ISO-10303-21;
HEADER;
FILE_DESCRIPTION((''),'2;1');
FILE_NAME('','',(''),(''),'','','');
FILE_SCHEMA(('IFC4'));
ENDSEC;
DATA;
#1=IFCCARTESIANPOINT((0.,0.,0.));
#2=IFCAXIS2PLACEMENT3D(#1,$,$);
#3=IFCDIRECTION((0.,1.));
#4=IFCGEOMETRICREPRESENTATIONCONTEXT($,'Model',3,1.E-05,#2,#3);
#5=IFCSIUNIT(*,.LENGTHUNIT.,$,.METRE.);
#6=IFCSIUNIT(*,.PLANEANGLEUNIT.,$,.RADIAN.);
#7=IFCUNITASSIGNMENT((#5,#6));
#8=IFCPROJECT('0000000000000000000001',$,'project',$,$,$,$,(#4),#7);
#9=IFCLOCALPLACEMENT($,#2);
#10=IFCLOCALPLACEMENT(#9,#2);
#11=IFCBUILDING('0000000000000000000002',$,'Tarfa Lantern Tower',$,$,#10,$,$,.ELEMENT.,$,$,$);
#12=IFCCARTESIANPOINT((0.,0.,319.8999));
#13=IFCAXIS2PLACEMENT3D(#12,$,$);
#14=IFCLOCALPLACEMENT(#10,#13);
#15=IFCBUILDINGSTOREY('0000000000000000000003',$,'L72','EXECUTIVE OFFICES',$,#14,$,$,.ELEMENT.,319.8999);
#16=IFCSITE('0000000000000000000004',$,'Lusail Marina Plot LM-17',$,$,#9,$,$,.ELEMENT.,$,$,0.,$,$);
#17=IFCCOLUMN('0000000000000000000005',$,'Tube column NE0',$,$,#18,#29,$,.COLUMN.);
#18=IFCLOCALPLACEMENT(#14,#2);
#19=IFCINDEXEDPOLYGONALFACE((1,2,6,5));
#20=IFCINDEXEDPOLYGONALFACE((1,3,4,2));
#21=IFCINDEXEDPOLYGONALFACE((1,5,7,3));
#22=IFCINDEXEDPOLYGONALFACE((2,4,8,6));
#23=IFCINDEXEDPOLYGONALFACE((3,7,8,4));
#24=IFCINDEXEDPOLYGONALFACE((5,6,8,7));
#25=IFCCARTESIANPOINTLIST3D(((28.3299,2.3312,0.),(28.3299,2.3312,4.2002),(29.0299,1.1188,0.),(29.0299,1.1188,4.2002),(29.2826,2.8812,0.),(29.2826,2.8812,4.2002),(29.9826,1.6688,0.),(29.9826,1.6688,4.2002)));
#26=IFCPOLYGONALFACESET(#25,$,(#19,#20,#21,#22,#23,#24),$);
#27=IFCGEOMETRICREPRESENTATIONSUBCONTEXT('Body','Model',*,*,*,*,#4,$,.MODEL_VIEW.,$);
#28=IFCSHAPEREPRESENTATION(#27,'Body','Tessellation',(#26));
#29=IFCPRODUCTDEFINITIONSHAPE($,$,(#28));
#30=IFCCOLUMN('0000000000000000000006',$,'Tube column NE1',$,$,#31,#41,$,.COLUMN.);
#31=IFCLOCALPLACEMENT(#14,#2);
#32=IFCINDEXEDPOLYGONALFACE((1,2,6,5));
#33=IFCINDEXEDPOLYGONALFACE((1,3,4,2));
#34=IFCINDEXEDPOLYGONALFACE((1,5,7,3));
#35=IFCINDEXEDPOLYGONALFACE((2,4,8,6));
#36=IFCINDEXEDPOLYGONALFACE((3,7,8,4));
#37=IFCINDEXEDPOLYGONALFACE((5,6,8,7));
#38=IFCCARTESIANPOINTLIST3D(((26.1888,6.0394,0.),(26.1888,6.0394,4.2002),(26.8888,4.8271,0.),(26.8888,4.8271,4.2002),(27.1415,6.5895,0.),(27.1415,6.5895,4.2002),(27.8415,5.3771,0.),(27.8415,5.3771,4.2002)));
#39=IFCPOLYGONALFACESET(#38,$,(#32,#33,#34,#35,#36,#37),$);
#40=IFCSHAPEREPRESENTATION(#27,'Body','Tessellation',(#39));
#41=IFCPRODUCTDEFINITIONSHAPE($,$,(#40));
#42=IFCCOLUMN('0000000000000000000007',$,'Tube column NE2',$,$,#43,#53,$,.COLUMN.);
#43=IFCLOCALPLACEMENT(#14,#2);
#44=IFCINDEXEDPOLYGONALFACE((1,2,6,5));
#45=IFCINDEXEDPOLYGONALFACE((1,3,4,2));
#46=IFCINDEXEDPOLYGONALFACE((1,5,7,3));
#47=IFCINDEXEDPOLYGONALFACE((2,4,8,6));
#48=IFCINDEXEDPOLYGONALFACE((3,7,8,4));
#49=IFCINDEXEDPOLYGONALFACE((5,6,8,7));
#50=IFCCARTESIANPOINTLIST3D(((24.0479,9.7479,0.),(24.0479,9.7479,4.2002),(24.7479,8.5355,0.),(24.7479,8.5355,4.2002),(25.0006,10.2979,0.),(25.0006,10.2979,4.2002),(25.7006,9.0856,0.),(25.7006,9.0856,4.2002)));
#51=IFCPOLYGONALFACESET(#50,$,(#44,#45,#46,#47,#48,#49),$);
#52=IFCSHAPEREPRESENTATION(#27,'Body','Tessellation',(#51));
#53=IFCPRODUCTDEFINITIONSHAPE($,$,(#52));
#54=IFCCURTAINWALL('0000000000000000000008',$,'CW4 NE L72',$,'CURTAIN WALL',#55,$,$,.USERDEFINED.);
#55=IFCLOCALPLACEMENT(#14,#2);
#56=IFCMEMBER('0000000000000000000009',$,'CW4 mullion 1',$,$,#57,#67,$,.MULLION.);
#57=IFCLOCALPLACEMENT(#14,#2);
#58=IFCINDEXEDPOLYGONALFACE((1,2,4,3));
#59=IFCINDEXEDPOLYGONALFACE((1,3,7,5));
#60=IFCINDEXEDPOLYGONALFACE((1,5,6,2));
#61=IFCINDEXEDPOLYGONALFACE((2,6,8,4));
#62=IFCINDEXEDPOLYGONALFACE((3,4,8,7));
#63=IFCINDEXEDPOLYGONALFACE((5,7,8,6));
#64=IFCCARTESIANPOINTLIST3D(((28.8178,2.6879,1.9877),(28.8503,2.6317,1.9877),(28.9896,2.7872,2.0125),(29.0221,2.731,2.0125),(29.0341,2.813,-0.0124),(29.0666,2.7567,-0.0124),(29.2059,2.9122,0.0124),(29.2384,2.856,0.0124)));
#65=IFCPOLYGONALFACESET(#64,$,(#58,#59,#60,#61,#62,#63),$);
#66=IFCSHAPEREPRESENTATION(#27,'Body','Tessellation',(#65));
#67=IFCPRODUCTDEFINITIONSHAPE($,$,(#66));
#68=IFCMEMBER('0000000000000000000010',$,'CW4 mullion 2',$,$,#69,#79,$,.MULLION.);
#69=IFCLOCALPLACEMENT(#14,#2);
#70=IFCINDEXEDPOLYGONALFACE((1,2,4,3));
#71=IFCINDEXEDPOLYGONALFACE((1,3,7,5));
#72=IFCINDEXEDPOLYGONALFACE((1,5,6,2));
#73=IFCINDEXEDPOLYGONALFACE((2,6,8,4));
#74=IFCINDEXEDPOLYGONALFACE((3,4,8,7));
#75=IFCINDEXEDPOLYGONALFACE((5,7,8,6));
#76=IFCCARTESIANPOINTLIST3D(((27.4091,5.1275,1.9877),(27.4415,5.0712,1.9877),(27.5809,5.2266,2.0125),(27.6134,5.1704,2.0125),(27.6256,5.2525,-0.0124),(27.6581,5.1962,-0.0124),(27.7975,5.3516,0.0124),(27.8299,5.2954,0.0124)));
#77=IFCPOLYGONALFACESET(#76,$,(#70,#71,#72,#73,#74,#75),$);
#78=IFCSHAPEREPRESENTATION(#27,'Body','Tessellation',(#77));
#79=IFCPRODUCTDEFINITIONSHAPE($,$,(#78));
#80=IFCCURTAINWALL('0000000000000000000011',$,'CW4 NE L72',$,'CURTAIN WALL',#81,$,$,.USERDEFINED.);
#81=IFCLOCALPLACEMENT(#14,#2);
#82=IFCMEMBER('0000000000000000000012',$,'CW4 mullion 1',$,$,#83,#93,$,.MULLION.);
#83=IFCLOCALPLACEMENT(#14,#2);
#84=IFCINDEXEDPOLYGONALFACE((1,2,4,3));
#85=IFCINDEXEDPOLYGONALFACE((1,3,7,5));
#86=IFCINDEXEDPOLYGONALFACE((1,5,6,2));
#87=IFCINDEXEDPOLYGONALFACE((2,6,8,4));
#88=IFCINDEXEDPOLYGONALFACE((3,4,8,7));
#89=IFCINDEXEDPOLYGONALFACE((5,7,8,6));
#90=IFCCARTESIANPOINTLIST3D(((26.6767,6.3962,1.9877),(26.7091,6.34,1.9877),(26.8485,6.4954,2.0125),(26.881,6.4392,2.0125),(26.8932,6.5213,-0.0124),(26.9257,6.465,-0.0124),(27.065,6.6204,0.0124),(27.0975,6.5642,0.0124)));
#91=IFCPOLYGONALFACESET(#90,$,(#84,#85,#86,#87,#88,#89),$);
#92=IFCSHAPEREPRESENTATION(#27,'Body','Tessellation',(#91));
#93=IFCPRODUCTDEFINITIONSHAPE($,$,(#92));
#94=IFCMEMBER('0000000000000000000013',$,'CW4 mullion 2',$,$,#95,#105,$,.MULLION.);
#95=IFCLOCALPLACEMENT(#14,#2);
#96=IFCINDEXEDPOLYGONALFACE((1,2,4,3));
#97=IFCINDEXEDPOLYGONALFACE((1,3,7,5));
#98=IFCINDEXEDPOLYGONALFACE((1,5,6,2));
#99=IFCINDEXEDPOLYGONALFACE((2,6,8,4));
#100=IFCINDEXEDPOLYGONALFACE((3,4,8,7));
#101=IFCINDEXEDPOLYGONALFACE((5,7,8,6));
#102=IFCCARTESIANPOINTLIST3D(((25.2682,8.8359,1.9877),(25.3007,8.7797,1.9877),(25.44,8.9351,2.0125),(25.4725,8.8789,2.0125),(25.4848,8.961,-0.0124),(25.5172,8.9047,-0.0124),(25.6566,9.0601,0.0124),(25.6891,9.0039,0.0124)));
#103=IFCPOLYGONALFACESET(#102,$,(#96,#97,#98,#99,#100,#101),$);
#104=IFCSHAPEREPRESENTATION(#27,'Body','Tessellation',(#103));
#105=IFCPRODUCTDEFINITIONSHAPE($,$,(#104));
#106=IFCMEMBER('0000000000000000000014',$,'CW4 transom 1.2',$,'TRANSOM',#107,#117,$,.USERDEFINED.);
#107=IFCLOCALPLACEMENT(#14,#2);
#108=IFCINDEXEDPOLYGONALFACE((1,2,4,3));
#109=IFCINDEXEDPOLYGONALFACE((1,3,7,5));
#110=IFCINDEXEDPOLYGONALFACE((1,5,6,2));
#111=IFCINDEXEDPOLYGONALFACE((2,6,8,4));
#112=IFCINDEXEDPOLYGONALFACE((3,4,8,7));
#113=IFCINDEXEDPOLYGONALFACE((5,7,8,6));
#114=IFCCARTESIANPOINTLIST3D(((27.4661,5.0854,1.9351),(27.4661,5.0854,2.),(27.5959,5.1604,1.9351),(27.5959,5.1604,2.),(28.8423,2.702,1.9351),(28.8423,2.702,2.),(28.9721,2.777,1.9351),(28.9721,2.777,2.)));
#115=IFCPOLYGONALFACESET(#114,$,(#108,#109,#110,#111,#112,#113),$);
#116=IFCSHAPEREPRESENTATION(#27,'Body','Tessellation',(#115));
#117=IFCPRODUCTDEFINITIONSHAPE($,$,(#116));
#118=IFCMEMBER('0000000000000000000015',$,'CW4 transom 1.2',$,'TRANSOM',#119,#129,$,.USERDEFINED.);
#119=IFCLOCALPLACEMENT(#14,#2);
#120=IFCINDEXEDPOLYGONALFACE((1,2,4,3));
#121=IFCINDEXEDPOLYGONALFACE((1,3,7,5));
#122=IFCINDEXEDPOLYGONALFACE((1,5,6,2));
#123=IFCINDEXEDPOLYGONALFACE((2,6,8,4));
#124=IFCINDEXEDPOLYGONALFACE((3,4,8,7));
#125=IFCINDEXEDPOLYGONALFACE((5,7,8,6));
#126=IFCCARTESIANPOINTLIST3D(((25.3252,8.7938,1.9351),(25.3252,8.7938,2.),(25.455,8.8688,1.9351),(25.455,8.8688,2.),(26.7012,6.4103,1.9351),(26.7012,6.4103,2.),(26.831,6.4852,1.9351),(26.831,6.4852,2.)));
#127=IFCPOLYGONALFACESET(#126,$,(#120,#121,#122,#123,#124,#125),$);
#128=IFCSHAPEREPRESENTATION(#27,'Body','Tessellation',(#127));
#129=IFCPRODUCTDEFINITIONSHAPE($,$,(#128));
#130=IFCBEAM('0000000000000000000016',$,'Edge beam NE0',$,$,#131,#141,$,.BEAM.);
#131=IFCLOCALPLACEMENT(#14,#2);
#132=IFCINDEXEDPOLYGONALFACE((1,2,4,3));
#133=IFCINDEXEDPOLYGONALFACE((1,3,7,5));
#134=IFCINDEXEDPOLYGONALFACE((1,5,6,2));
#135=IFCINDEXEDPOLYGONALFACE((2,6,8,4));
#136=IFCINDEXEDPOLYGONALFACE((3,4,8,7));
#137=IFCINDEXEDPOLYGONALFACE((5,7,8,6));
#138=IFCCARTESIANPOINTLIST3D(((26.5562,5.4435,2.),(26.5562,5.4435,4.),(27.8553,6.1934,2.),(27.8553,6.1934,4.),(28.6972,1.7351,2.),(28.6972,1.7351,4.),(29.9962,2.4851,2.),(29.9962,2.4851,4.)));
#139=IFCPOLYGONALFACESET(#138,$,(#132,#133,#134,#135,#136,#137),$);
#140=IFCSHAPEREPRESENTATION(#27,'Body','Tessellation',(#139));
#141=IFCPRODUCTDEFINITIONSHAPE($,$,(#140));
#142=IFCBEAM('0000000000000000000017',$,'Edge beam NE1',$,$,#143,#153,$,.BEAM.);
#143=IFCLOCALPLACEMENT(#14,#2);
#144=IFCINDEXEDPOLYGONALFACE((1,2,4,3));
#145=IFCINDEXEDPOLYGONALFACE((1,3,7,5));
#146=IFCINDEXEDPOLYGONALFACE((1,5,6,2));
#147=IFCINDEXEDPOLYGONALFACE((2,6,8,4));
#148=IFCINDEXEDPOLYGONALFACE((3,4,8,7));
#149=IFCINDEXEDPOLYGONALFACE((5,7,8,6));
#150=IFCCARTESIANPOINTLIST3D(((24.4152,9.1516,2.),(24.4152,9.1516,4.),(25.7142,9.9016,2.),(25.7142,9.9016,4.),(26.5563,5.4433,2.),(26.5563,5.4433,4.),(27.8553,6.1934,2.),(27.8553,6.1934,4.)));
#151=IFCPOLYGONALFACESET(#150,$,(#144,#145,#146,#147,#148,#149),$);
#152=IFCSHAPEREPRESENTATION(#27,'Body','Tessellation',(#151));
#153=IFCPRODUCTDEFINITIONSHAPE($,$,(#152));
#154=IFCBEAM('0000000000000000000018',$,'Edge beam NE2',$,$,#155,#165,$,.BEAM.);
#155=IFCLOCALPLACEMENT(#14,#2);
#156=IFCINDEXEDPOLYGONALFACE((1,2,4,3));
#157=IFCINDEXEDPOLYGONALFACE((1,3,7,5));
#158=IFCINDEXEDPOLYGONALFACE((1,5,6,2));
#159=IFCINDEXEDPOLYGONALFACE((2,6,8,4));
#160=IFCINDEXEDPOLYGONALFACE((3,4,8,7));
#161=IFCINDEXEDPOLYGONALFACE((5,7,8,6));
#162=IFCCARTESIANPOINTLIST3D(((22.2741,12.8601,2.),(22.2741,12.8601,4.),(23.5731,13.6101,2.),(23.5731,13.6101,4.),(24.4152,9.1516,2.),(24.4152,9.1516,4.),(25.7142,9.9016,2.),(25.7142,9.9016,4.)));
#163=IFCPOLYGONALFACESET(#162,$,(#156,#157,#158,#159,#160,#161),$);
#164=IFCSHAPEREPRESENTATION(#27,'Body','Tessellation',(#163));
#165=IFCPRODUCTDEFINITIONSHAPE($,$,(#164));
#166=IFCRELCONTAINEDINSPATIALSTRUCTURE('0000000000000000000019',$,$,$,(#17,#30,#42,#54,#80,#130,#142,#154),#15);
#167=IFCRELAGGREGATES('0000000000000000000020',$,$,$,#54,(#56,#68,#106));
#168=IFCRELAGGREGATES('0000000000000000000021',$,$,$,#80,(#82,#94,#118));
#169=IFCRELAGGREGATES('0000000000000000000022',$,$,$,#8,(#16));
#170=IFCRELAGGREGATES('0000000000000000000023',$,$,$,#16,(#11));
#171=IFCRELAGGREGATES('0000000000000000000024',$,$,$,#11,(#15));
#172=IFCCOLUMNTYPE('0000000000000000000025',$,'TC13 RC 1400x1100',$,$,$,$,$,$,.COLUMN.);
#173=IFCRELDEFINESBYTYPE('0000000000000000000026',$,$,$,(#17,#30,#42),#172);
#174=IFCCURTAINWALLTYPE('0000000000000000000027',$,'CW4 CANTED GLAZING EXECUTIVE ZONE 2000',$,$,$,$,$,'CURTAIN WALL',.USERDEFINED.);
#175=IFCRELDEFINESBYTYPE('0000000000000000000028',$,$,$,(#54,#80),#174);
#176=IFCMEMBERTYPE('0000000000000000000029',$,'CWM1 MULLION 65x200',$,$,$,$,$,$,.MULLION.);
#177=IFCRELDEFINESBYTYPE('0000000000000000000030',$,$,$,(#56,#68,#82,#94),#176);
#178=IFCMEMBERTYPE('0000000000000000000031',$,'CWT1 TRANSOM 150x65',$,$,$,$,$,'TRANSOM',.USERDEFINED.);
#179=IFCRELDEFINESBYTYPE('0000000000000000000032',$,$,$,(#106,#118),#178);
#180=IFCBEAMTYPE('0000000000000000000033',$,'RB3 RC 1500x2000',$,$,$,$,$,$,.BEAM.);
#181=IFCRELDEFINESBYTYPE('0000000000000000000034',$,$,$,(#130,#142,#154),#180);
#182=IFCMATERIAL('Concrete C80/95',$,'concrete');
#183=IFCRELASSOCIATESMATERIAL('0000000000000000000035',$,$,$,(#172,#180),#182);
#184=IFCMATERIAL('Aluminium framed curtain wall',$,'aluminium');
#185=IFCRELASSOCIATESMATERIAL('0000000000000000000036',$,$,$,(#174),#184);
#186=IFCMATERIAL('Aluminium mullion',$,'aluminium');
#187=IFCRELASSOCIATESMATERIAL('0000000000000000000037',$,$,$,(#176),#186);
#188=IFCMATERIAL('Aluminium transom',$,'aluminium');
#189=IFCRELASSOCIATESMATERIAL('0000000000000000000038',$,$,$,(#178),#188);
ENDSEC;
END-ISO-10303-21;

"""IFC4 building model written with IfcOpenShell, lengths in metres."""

from ifc_helpers import new_model, si_unit, direction, frame, origin, origin_2d, place, context, subcontext, project, spatial, rectangle, extrude, material, material_profile, profile_set, type_object, element, aggregate, save


model = new_model("IFC4")

# Units and contexts
model_context = context("Model", 3, precision=1e-05, world=origin(), true_north=direction((0.0, 1.0)))
body_context = subcontext(model_context, "Body", "Model", "MODEL_VIEW")
ifc_project = project(units=[si_unit("LENGTHUNIT", "METRE"), si_unit("PLANEANGLEUNIT", "RADIAN")], contexts=[model_context])

# Site, building, storey
site_placement = place(None, origin())
site = spatial("IfcSite", under=ifc_project, at=site_placement, Name="Lusail Marina Plot LM-17", CompositionType="ELEMENT", RefElevation=0.0)
building_placement = place(site_placement, origin())
building = spatial("IfcBuilding", under=site, at=building_placement, Name="Tarfa Lantern Tower", CompositionType="ELEMENT")
storey_placement = place(building_placement, frame((0.0, 0.0, 319.8999)))
storey = spatial("IfcBuildingStorey", under=building, at=storey_placement, Name="L72", Description="EXECUTIVE OFFICES", CompositionType="ELEMENT", Elevation=319.8999)

# Columns
ifc_material_1 = material(Name="Concrete C80/95", Category="concrete")
ifc_material_profile_1 = material_profile(ifc_material_1, rectangle(XDim=1.3999, YDim=1.1001, at=origin_2d()), Name="RC 1400x1100")
ifc_profile_set_1 = profile_set([ifc_material_profile_1], Name="Concrete C80/95")
column_type = type_object("IfcColumnType", Name="TC13 RC 1400x1100", PredefinedType="COLUMN", material=ifc_profile_set_1)
for number, where, z_axis, x_axis, name in (
    (1, (29.1562, 2.0, 0.0), (0.0, 0.0, 1.0), (-0.5, 0.866025, 0.0), "Tube column NE0"),
    (2, (27.0151, 5.7083, 0.0), (0.0, 0.0, 1.0), (-0.5, 0.866025, 0.0), "Tube column NE1"),
    (3, (24.8743, 9.4167, 0.0), (0.0, 0.0, 1.0), (-0.5, 0.866025, 0.0), "Tube column NE2"),
):
    element("IfcColumn", number, at=place(storey_placement, frame(where, z_axis=z_axis, x_axis=x_axis)), inside=storey, type_object=column_type, Name=name, PredefinedType="COLUMN", context=body_context, shape_type="SweptSolid", body=[
        extrude(rectangle(XDim=1.3999, YDim=1.1001, at=origin_2d()), origin(), (0.0, 0.0, 1.0), 4.2002),
    ])

# Curtain walls, members
ifc_material_2 = material(Name="Aluminium framed curtain wall", Category="aluminium")
curtain_wall_type = type_object("IfcCurtainWallType", Name="CW4 CANTED GLAZING EXECUTIVE ZONE 2000", ElementType="CURTAIN WALL", PredefinedType="USERDEFINED", material=ifc_material_2)
curtain_wall_1_placement = place(storey_placement, origin())
curtain_wall_1 = element("IfcCurtainWall", 4, at=curtain_wall_1_placement, inside=storey, type_object=curtain_wall_type, Name="CW4 NE L72", ObjectType="CURTAIN WALL", PredefinedType="USERDEFINED")
ifc_material_3 = material(Name="Aluminium mullion", Category="aluminium")
ifc_material_profile_2 = material_profile(ifc_material_3, rectangle(XDim=0.0649, YDim=0.2, at=origin_2d()), Name="AL MULLION 65x200")
ifc_profile_set_2 = profile_set([ifc_material_profile_2], Name="Aluminium mullion")
member_type_1 = type_object("IfcMemberType", Name="CWM1 MULLION 65x200", PredefinedType="MULLION", material=ifc_profile_set_2)
member_1_placement = place(storey_placement, frame((29.1362, 2.8345, 0.0), z_axis=(-0.10732, -0.062018, 0.992288), x_axis=(0.500343, -0.865827, 0.0)))
member_1 = element("IfcMember", 5, at=member_1_placement, type_object=member_type_1, Name="CW4 mullion 1", PredefinedType="MULLION", context=body_context, shape_type="SweptSolid", body=[
    extrude(rectangle(XDim=0.0649, YDim=0.2, at=origin_2d()), origin(), (0.0, 0.0, 1.0), 2.0156),
])
member_2_placement = place(storey_placement, frame((27.7278, 5.2739, 0.0), z_axis=(-0.10744, -0.062017, 0.992275), x_axis=(0.49992, -0.866072, 0.0)))
member_2 = element("IfcMember", 6, at=member_2_placement, type_object=member_type_1, Name="CW4 mullion 2", PredefinedType="MULLION", context=body_context, shape_type="SweptSolid", body=[
    extrude(rectangle(XDim=0.0649, YDim=0.2, at=origin_2d()), origin(), (0.0, 0.0, 1.0), 2.0156),
])
curtain_wall_2_placement = place(storey_placement, origin())
curtain_wall_2 = element("IfcCurtainWall", 7, at=curtain_wall_2_placement, inside=storey, type_object=curtain_wall_type, Name="CW4 NE L72", ObjectType="CURTAIN WALL", PredefinedType="USERDEFINED")
member_3_placement = place(storey_placement, frame((26.9954, 6.5427, 0.0), z_axis=(-0.10744, -0.062017, 0.992275), x_axis=(0.49992, -0.866072, 0.0)))
member_3 = element("IfcMember", 8, at=member_3_placement, type_object=member_type_1, Name="CW4 mullion 1", PredefinedType="MULLION", context=body_context, shape_type="SweptSolid", body=[
    extrude(rectangle(XDim=0.0649, YDim=0.2, at=origin_2d()), origin(), (0.0, 0.0, 1.0), 2.0156),
])
member_4_placement = place(storey_placement, frame((25.5869, 8.9824, 0.0), z_axis=(-0.10744, -0.062017, 0.992275), x_axis=(0.49992, -0.866072, 0.0)))
member_4 = element("IfcMember", 9, at=member_4_placement, type_object=member_type_1, Name="CW4 mullion 2", PredefinedType="MULLION", context=body_context, shape_type="SweptSolid", body=[
    extrude(rectangle(XDim=0.0649, YDim=0.2, at=origin_2d()), origin(), (0.0, 0.0, 1.0), 2.0156),
])

# Members
ifc_material_4 = material(Name="Aluminium transom", Category="aluminium")
ifc_material_profile_3 = material_profile(ifc_material_4, rectangle(XDim=0.1499, YDim=0.0649, at=origin_2d()), Name="AL TRANSOM 150x65")
ifc_profile_set_3 = profile_set([ifc_material_profile_3], Name="Aluminium transom")
member_type_2 = type_object("IfcMemberType", Name="CWT1 TRANSOM 150x65", ElementType="TRANSOM", PredefinedType="USERDEFINED", material=ifc_profile_set_3)
member_5_placement = place(storey_placement, frame((28.9072, 2.7395, 1.9675), z_axis=(-0.50006, 0.865991, 0.0), x_axis=(-0.865991, -0.50006, 0.0)))
member_5 = element("IfcMember", 10, at=member_5_placement, type_object=member_type_2, Name="CW4 transom 1.2", ObjectType="TRANSOM", PredefinedType="USERDEFINED", context=body_context, shape_type="SweptSolid", body=[
    extrude(rectangle(XDim=0.1499, YDim=0.0649, at=origin_2d()), origin(), (0.0, 0.0, 1.0), 2.7522),
])
member_6_placement = place(storey_placement, frame((26.7661, 6.4478, 1.9675), z_axis=(-0.499955, 0.866051, 0.0), x_axis=(-0.866051, -0.499955, 0.0)))
member_6 = element("IfcMember", 11, at=member_6_placement, type_object=member_type_2, Name="CW4 transom 1.2", ObjectType="TRANSOM", PredefinedType="USERDEFINED", context=body_context, shape_type="SweptSolid", body=[
    extrude(rectangle(XDim=0.1499, YDim=0.0649, at=origin_2d()), origin(), (0.0, 0.0, 1.0), 2.7522),
])

# Beams
ifc_material_profile_4 = material_profile(ifc_material_1, rectangle(XDim=1.5, YDim=2.0, at=origin_2d()), Name="RC 1500x2000")
ifc_profile_set_4 = profile_set([ifc_material_profile_4], Name="Concrete C80/95")
beam_type_1 = type_object("IfcBeamType", Name="RB3 RC 1500x2000", PredefinedType="BEAM", material=ifc_profile_set_4)
for number, where, z_axis, x_axis, name in (
    (12, (29.3467, 2.1101, 3.0), (-0.499984, 0.866035, 0.0), (-0.866035, -0.499984, 0.0), "Edge beam NE0"),
    (13, (27.2058, 5.8184, 3.0), (-0.500027, 0.86601, 0.0), (-0.86601, -0.500027, 0.0), "Edge beam NE1"),
):
    element("IfcBeam", number, at=place(storey_placement, frame(where, z_axis=z_axis, x_axis=x_axis)), inside=storey, type_object=beam_type_1, Name=name, PredefinedType="BEAM", context=body_context, shape_type="SweptSolid", body=[
        extrude(rectangle(XDim=1.5, YDim=2.0, at=origin_2d()), origin(), (0.0, 0.0, 1.0), 4.282),
    ])
beam_1_placement = place(storey_placement, frame((25.0647, 9.5266, 3.0), z_axis=(-0.500002, 0.866024, 0.0), x_axis=(-0.866024, -0.500002, 0.0)))
element("IfcBeam", 14, at=beam_1_placement, inside=storey, type_object=beam_type_1, Name="Edge beam NE2", PredefinedType="BEAM", context=body_context, shape_type="SweptSolid", body=[
    extrude(rectangle(XDim=1.5, YDim=2.0, at=origin_2d()), origin(), (0.0, 0.0, 1.0), 4.2822),
])

aggregate(curtain_wall_1, [member_1, member_2, member_5])
aggregate(curtain_wall_2, [member_3, member_4, member_6])

save(model, "model.ifc")
